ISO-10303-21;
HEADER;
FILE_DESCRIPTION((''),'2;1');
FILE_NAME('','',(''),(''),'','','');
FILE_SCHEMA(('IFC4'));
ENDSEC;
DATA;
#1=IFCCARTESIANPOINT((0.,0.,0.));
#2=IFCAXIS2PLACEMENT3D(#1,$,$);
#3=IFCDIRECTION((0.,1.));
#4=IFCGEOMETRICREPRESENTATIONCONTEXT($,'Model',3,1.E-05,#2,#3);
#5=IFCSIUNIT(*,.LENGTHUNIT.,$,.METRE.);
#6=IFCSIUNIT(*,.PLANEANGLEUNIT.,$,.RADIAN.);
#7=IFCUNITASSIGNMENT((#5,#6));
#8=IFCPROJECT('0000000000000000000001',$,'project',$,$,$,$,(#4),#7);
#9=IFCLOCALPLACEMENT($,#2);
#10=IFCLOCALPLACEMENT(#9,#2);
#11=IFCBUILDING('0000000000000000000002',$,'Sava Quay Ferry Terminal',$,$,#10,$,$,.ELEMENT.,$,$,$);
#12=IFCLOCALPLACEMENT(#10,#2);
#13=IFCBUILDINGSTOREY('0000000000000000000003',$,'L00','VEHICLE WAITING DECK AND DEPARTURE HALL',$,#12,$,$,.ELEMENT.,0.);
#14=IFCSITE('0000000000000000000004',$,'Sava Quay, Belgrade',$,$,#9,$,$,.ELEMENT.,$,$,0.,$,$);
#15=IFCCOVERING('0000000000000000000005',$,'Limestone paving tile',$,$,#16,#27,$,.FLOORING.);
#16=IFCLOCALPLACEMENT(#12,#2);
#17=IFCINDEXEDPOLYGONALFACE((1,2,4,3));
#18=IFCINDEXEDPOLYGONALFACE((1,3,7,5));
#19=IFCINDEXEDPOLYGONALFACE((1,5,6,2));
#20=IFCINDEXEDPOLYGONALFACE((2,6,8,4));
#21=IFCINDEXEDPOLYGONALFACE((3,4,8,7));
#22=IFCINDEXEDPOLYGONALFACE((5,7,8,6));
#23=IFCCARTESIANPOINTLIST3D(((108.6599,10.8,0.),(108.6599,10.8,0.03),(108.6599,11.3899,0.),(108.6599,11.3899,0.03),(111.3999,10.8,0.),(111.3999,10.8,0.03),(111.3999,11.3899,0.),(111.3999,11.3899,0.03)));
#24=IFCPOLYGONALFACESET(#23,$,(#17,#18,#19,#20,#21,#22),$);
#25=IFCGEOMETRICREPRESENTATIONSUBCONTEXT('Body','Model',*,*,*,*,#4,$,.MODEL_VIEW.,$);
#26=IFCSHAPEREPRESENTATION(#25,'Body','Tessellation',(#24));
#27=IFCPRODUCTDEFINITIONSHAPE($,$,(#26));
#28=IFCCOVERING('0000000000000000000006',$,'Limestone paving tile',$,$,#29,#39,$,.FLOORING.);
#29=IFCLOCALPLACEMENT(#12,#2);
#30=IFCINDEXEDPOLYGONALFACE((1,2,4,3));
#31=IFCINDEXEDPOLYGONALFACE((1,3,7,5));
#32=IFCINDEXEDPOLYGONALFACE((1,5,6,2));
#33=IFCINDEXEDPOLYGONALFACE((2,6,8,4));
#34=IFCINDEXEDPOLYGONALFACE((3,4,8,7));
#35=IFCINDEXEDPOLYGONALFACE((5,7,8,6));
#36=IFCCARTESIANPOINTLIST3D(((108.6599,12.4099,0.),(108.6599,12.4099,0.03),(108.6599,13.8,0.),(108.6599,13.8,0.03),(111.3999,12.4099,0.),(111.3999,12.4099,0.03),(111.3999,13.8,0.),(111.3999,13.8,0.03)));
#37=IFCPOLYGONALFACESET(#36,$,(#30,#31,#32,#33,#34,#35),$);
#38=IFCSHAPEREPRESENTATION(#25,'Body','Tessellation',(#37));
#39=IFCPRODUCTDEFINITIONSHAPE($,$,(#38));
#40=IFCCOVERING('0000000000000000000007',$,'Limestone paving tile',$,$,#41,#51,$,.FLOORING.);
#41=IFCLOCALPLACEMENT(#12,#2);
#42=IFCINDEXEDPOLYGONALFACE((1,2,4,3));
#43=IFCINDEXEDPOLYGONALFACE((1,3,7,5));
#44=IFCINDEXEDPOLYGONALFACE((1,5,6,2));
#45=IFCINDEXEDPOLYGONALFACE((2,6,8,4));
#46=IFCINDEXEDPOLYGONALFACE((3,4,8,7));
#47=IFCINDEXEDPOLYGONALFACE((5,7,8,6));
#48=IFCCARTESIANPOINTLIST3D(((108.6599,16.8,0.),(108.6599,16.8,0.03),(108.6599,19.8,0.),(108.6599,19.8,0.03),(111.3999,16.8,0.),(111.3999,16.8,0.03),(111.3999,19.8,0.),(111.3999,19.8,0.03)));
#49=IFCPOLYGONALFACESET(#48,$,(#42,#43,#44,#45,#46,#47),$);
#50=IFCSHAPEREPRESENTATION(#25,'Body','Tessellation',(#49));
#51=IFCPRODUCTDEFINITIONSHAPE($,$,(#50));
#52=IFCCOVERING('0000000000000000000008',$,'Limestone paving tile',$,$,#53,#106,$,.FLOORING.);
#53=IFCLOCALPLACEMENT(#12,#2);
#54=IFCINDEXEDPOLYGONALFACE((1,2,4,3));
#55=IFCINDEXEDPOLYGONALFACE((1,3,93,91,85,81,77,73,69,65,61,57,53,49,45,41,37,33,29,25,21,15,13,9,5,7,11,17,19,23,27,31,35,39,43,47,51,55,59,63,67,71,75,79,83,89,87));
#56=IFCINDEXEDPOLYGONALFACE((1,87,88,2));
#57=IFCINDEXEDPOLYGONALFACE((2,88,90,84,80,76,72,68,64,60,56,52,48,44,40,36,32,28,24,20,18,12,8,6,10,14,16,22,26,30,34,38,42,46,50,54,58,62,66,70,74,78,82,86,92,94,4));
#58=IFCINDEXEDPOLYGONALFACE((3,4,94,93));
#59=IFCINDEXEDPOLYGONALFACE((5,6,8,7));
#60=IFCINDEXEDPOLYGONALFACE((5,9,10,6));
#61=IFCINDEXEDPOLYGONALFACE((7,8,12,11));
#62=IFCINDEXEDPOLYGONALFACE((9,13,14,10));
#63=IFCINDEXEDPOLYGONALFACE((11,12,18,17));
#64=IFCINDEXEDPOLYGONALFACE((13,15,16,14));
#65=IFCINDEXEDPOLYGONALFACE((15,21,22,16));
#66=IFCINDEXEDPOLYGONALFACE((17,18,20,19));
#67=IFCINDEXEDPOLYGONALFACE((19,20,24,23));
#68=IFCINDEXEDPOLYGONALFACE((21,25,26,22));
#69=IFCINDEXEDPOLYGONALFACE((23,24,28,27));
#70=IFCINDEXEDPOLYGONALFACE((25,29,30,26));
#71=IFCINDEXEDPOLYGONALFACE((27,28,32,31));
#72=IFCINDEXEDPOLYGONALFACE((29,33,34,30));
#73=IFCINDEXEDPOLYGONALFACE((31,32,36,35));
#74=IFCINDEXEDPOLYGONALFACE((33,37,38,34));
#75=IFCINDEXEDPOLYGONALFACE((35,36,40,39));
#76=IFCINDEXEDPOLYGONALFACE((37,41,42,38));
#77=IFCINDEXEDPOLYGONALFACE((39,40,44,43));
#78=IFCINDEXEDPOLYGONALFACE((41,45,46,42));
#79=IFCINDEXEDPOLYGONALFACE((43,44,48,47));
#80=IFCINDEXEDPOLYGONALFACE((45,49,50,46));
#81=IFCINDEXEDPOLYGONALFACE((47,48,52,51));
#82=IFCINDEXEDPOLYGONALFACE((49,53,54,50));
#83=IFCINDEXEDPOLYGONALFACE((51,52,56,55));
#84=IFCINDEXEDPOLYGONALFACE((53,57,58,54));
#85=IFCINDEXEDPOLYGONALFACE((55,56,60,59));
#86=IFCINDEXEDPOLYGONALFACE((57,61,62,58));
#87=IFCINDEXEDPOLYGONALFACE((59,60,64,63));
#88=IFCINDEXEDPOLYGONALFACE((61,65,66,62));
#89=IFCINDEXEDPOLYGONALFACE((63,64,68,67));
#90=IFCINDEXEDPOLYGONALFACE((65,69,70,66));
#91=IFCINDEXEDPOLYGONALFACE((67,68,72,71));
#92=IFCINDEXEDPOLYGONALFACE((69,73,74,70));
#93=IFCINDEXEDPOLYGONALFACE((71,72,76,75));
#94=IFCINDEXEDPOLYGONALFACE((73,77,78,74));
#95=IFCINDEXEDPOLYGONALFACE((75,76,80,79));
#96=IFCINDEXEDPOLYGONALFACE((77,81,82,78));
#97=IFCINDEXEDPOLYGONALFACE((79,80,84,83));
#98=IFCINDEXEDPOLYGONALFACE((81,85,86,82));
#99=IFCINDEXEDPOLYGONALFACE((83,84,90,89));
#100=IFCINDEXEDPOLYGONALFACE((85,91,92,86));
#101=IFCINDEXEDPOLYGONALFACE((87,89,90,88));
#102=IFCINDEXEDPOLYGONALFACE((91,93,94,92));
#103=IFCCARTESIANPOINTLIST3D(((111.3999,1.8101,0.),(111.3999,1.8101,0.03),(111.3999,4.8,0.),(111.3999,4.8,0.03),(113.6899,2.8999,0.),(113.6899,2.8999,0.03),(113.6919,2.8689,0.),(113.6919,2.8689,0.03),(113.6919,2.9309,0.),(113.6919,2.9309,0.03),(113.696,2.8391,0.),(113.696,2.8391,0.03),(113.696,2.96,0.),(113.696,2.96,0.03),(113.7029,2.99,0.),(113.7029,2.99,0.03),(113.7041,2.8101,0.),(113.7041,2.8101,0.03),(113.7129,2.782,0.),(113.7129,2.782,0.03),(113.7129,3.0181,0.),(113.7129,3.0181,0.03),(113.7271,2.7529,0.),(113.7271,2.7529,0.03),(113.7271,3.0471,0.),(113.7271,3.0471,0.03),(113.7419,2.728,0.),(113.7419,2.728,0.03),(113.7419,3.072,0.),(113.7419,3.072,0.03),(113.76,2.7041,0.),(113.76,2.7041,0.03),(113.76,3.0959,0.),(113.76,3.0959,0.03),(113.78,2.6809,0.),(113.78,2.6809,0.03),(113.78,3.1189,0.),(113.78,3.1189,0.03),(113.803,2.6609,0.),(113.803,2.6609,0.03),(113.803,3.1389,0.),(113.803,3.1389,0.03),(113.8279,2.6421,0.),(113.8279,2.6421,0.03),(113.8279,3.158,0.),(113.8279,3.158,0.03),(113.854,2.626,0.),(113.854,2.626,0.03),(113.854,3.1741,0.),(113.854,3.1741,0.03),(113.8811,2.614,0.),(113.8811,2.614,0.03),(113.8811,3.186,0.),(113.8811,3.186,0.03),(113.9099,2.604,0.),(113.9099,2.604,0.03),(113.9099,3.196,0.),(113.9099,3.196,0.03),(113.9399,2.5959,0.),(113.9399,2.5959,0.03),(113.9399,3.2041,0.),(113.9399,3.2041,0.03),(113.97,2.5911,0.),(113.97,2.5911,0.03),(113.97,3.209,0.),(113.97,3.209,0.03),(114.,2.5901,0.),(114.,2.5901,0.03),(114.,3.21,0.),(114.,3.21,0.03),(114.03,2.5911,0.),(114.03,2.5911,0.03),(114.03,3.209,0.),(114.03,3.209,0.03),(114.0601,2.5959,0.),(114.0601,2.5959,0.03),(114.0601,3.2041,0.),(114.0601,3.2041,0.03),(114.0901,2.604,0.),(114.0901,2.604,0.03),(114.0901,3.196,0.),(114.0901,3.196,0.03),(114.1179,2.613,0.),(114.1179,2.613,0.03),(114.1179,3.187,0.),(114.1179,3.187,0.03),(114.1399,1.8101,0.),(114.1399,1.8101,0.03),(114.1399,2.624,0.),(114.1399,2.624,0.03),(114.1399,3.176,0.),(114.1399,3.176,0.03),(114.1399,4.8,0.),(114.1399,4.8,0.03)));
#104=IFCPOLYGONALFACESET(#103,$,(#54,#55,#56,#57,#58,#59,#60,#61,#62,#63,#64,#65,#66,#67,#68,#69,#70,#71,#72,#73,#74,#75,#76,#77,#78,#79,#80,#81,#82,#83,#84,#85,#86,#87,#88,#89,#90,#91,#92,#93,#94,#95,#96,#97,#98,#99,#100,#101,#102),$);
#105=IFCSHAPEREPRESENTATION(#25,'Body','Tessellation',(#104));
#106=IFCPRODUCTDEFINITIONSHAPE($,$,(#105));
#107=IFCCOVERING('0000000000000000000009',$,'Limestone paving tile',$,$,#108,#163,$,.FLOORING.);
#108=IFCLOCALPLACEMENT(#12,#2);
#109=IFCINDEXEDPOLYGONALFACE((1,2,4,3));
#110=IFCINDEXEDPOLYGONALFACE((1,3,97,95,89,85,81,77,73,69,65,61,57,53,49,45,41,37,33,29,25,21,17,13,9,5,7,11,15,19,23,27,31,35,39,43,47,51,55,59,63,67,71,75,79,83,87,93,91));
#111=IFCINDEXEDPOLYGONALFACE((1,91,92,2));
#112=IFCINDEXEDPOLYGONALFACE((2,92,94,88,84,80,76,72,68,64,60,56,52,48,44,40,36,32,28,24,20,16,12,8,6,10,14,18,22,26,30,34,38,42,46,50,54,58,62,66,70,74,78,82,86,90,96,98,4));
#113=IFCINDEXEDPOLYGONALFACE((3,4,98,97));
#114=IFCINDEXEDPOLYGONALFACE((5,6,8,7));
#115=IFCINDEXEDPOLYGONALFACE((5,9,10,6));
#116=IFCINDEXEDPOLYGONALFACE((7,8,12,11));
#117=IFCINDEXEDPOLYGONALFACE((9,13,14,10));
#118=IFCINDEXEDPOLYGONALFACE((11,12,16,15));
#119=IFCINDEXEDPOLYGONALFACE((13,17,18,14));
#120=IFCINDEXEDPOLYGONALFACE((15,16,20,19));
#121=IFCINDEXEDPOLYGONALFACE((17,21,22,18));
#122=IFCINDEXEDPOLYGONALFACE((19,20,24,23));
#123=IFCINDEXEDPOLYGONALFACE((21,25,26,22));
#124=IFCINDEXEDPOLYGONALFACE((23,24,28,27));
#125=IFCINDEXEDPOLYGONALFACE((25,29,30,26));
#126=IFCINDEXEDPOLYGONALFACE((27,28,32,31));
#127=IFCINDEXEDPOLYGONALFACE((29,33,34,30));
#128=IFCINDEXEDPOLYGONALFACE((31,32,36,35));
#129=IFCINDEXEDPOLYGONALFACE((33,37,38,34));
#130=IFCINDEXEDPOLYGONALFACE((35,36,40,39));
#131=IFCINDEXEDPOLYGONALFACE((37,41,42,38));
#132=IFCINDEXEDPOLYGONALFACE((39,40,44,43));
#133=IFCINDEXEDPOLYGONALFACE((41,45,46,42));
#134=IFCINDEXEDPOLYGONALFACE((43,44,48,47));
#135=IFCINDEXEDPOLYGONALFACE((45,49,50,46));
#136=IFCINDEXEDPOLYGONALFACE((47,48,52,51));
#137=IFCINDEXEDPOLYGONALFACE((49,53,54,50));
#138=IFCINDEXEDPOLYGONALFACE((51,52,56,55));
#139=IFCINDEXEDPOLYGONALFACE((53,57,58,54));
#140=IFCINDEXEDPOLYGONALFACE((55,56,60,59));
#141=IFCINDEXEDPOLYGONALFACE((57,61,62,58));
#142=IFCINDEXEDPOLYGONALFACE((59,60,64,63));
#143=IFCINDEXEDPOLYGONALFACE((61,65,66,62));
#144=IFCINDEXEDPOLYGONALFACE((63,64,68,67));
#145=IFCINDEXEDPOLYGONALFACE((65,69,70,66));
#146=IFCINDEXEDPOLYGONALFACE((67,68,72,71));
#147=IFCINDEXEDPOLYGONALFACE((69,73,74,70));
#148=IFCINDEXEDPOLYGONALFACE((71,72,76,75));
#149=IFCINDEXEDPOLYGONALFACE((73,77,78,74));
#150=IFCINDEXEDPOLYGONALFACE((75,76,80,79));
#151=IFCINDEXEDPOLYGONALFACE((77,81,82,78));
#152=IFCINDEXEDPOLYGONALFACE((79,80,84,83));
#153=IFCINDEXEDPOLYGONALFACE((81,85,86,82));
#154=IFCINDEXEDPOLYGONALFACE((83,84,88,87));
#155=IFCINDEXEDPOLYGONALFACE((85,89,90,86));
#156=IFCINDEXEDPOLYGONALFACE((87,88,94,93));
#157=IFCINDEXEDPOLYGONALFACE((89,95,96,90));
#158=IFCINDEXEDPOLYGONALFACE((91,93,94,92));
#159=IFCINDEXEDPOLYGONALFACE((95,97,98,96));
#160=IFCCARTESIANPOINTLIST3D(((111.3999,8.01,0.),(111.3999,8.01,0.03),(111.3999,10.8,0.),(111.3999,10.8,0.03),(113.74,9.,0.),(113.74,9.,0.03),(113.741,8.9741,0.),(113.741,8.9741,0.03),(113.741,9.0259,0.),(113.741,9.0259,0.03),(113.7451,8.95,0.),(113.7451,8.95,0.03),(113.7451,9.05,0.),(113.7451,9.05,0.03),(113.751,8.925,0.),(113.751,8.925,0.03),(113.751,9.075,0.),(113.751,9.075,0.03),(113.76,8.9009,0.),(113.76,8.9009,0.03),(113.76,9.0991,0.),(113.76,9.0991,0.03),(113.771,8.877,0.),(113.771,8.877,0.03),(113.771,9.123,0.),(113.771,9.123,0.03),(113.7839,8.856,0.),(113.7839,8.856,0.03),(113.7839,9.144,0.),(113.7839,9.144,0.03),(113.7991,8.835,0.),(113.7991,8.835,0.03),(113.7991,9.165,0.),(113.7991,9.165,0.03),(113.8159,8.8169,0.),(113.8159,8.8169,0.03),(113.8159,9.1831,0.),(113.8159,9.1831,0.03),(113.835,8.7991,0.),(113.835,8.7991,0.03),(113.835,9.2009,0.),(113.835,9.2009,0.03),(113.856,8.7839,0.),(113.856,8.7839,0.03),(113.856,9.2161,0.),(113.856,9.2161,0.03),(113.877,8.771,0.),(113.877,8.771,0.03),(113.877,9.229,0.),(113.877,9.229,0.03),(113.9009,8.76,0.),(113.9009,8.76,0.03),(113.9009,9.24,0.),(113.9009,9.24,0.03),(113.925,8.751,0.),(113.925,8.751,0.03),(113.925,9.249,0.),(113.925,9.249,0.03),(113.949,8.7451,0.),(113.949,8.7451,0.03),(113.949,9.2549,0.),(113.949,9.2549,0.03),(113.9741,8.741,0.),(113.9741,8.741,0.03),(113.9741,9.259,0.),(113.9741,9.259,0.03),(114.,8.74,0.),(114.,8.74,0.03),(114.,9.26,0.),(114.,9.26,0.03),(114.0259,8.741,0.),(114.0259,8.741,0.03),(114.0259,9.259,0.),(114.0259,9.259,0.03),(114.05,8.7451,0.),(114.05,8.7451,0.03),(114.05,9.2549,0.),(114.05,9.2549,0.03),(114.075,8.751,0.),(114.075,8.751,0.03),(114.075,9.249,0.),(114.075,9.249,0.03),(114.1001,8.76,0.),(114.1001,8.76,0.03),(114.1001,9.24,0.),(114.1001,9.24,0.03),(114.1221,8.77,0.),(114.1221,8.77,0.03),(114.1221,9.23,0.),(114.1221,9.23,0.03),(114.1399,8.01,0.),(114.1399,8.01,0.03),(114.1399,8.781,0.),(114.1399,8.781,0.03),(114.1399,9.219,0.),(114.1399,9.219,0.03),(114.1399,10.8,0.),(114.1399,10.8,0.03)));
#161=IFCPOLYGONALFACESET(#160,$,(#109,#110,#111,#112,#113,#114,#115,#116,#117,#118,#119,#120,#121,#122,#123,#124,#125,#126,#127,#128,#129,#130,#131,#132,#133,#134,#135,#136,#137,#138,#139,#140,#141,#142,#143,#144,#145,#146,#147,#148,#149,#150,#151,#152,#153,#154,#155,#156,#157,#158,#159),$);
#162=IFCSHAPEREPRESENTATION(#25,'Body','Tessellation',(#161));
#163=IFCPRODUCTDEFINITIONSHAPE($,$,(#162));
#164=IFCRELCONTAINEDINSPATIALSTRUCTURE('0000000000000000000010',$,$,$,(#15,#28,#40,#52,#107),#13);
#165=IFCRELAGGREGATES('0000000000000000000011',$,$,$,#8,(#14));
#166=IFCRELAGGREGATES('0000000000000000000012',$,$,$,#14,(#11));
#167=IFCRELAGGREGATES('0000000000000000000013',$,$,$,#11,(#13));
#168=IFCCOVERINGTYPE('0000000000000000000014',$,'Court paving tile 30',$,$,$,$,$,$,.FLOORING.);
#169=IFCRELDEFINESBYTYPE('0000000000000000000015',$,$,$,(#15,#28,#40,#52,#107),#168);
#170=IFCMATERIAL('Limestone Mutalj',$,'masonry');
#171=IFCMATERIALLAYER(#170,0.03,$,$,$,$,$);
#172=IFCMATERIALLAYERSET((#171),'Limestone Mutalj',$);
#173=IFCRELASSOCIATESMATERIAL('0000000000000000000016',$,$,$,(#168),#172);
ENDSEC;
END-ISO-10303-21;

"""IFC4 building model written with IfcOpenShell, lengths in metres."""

from ifc_helpers import new_model, si_unit, direction, origin, place, context, subcontext, project, spatial, polyline, outline, extrude, material, layer, layer_set, type_object, element, save


model = new_model("IFC4")

# Units and contexts
model_context = context("Model", 3, precision=1e-05, world=origin(), true_north=direction((0.0, 1.0)))
body_context = subcontext(model_context, "Body", "Model", "MODEL_VIEW")
ifc_project = project(units=[si_unit("LENGTHUNIT", "METRE"), si_unit("PLANEANGLEUNIT", "RADIAN")], contexts=[model_context])

# Site, building, storey
site_placement = place(None, origin())
site = spatial("IfcSite", under=ifc_project, at=site_placement, Name="Sava Quay, Belgrade", CompositionType="ELEMENT", RefElevation=0.0)
building_placement = place(site_placement, origin())
building = spatial("IfcBuilding", under=site, at=building_placement, Name="Sava Quay Ferry Terminal", CompositionType="ELEMENT")
storey_placement = place(building_placement, origin())
storey = spatial("IfcBuildingStorey", under=building, at=storey_placement, Name="L00", Description="VEHICLE WAITING DECK AND DEPARTURE HALL", CompositionType="ELEMENT", Elevation=0.0)

# Coverings
ifc_material_1 = material(Name="Limestone Mutalj", Category="masonry")
ifc_layer_1 = layer(ifc_material_1, 0.03)
ifc_layer_set_1 = layer_set([ifc_layer_1], Name="Limestone Mutalj")
covering_type_1 = type_object("IfcCoveringType", Name="Court paving tile 30", PredefinedType="FLOORING", material=ifc_layer_set_1)
covering_1_placement = place(storey_placement, origin())
element("IfcCovering", 1, at=covering_1_placement, inside=storey, type_object=covering_type_1, Name="Limestone paving tile", PredefinedType="FLOORING", context=body_context, shape_type="SweptSolid", body=[
    extrude(outline(polyline([(111.3999, 10.8), (111.3999, 11.3899), (108.6599, 11.3899), (108.6599, 10.8), (111.3999, 10.8)])), origin(), (0.0, 0.0, 1.0), 0.03),
])
covering_2_placement = place(storey_placement, origin())
element("IfcCovering", 2, at=covering_2_placement, inside=storey, type_object=covering_type_1, Name="Limestone paving tile", PredefinedType="FLOORING", context=body_context, shape_type="SweptSolid", body=[
    extrude(outline(polyline([(108.6599, 13.8), (108.6599, 12.4099), (111.3999, 12.4099), (111.3999, 13.8), (108.6599, 13.8)])), origin(), (0.0, 0.0, 1.0), 0.03),
])
covering_3_placement = place(storey_placement, origin())
element("IfcCovering", 3, at=covering_3_placement, inside=storey, type_object=covering_type_1, Name="Limestone paving tile", PredefinedType="FLOORING", context=body_context, shape_type="SweptSolid", body=[
    extrude(outline(polyline([(111.3999, 16.8), (111.3999, 19.8), (108.6599, 19.8), (108.6599, 16.8), (111.3999, 16.8)])), origin(), (0.0, 0.0, 1.0), 0.03),
])
covering_4_placement = place(storey_placement, origin())
element("IfcCovering", 4, at=covering_4_placement, inside=storey, type_object=covering_type_1, Name="Limestone paving tile", PredefinedType="FLOORING", context=body_context, shape_type="SweptSolid", body=[
    extrude(outline(polyline([(114.1399, 1.8101), (114.1399, 2.624), (114.1179, 2.613), (114.0901, 2.604), (114.0601, 2.5959), (114.03, 2.5911), (114.0, 2.5901), (113.97, 2.5911), (113.9399, 2.5959), (113.9099, 2.604), (113.8811, 2.614), (113.854, 2.626), (113.8279, 2.6421), (113.803, 2.6609), (113.78, 2.6809), (113.76, 2.7041), (113.7419, 2.728), (113.7271, 2.7529), (113.7129, 2.782), (113.7041, 2.8101), (113.696, 2.8391), (113.6919, 2.8689), (113.6899, 2.8999), (113.6919, 2.9309), (113.696, 2.96), (113.7029, 2.99), (113.7129, 3.0181), (113.7271, 3.0471), (113.7419, 3.072), (113.76, 3.0959), (113.78, 3.1189), (113.803, 3.1389), (113.8279, 3.158), (113.854, 3.1741), (113.8811, 3.186), (113.9099, 3.196), (113.9399, 3.2041), (113.97, 3.209), (114.0, 3.21), (114.03, 3.209), (114.0601, 3.2041), (114.0901, 3.196), (114.1179, 3.187), (114.1399, 3.176), (114.1399, 4.8), (111.3999, 4.8), (111.3999, 1.8101), (114.1399, 1.8101)])), origin(), (0.0, 0.0, 1.0), 0.03),
])
covering_5_placement = place(storey_placement, origin())
element("IfcCovering", 5, at=covering_5_placement, inside=storey, type_object=covering_type_1, Name="Limestone paving tile", PredefinedType="FLOORING", context=body_context, shape_type="SweptSolid", body=[
    extrude(outline(polyline([(114.1399, 8.01), (114.1399, 8.781), (114.1221, 8.77), (114.1001, 8.76), (114.075, 8.751), (114.05, 8.7451), (114.0259, 8.741), (114.0, 8.74), (113.9741, 8.741), (113.949, 8.7451), (113.925, 8.751), (113.9009, 8.76), (113.877, 8.771), (113.856, 8.7839), (113.835, 8.7991), (113.8159, 8.8169), (113.7991, 8.835), (113.7839, 8.856), (113.771, 8.877), (113.76, 8.9009), (113.751, 8.925), (113.7451, 8.95), (113.741, 8.9741), (113.74, 9.0), (113.741, 9.0259), (113.7451, 9.05), (113.751, 9.075), (113.76, 9.0991), (113.771, 9.123), (113.7839, 9.144), (113.7991, 9.165), (113.8159, 9.1831), (113.835, 9.2009), (113.856, 9.2161), (113.877, 9.229), (113.9009, 9.24), (113.925, 9.249), (113.949, 9.2549), (113.9741, 9.259), (114.0, 9.26), (114.0259, 9.259), (114.05, 9.2549), (114.075, 9.249), (114.1001, 9.24), (114.1221, 9.23), (114.1399, 9.219), (114.1399, 10.8), (111.3999, 10.8), (111.3999, 8.01), (114.1399, 8.01)])), origin(), (0.0, 0.0, 1.0), 0.03),
])

save(model, "model.ifc")
